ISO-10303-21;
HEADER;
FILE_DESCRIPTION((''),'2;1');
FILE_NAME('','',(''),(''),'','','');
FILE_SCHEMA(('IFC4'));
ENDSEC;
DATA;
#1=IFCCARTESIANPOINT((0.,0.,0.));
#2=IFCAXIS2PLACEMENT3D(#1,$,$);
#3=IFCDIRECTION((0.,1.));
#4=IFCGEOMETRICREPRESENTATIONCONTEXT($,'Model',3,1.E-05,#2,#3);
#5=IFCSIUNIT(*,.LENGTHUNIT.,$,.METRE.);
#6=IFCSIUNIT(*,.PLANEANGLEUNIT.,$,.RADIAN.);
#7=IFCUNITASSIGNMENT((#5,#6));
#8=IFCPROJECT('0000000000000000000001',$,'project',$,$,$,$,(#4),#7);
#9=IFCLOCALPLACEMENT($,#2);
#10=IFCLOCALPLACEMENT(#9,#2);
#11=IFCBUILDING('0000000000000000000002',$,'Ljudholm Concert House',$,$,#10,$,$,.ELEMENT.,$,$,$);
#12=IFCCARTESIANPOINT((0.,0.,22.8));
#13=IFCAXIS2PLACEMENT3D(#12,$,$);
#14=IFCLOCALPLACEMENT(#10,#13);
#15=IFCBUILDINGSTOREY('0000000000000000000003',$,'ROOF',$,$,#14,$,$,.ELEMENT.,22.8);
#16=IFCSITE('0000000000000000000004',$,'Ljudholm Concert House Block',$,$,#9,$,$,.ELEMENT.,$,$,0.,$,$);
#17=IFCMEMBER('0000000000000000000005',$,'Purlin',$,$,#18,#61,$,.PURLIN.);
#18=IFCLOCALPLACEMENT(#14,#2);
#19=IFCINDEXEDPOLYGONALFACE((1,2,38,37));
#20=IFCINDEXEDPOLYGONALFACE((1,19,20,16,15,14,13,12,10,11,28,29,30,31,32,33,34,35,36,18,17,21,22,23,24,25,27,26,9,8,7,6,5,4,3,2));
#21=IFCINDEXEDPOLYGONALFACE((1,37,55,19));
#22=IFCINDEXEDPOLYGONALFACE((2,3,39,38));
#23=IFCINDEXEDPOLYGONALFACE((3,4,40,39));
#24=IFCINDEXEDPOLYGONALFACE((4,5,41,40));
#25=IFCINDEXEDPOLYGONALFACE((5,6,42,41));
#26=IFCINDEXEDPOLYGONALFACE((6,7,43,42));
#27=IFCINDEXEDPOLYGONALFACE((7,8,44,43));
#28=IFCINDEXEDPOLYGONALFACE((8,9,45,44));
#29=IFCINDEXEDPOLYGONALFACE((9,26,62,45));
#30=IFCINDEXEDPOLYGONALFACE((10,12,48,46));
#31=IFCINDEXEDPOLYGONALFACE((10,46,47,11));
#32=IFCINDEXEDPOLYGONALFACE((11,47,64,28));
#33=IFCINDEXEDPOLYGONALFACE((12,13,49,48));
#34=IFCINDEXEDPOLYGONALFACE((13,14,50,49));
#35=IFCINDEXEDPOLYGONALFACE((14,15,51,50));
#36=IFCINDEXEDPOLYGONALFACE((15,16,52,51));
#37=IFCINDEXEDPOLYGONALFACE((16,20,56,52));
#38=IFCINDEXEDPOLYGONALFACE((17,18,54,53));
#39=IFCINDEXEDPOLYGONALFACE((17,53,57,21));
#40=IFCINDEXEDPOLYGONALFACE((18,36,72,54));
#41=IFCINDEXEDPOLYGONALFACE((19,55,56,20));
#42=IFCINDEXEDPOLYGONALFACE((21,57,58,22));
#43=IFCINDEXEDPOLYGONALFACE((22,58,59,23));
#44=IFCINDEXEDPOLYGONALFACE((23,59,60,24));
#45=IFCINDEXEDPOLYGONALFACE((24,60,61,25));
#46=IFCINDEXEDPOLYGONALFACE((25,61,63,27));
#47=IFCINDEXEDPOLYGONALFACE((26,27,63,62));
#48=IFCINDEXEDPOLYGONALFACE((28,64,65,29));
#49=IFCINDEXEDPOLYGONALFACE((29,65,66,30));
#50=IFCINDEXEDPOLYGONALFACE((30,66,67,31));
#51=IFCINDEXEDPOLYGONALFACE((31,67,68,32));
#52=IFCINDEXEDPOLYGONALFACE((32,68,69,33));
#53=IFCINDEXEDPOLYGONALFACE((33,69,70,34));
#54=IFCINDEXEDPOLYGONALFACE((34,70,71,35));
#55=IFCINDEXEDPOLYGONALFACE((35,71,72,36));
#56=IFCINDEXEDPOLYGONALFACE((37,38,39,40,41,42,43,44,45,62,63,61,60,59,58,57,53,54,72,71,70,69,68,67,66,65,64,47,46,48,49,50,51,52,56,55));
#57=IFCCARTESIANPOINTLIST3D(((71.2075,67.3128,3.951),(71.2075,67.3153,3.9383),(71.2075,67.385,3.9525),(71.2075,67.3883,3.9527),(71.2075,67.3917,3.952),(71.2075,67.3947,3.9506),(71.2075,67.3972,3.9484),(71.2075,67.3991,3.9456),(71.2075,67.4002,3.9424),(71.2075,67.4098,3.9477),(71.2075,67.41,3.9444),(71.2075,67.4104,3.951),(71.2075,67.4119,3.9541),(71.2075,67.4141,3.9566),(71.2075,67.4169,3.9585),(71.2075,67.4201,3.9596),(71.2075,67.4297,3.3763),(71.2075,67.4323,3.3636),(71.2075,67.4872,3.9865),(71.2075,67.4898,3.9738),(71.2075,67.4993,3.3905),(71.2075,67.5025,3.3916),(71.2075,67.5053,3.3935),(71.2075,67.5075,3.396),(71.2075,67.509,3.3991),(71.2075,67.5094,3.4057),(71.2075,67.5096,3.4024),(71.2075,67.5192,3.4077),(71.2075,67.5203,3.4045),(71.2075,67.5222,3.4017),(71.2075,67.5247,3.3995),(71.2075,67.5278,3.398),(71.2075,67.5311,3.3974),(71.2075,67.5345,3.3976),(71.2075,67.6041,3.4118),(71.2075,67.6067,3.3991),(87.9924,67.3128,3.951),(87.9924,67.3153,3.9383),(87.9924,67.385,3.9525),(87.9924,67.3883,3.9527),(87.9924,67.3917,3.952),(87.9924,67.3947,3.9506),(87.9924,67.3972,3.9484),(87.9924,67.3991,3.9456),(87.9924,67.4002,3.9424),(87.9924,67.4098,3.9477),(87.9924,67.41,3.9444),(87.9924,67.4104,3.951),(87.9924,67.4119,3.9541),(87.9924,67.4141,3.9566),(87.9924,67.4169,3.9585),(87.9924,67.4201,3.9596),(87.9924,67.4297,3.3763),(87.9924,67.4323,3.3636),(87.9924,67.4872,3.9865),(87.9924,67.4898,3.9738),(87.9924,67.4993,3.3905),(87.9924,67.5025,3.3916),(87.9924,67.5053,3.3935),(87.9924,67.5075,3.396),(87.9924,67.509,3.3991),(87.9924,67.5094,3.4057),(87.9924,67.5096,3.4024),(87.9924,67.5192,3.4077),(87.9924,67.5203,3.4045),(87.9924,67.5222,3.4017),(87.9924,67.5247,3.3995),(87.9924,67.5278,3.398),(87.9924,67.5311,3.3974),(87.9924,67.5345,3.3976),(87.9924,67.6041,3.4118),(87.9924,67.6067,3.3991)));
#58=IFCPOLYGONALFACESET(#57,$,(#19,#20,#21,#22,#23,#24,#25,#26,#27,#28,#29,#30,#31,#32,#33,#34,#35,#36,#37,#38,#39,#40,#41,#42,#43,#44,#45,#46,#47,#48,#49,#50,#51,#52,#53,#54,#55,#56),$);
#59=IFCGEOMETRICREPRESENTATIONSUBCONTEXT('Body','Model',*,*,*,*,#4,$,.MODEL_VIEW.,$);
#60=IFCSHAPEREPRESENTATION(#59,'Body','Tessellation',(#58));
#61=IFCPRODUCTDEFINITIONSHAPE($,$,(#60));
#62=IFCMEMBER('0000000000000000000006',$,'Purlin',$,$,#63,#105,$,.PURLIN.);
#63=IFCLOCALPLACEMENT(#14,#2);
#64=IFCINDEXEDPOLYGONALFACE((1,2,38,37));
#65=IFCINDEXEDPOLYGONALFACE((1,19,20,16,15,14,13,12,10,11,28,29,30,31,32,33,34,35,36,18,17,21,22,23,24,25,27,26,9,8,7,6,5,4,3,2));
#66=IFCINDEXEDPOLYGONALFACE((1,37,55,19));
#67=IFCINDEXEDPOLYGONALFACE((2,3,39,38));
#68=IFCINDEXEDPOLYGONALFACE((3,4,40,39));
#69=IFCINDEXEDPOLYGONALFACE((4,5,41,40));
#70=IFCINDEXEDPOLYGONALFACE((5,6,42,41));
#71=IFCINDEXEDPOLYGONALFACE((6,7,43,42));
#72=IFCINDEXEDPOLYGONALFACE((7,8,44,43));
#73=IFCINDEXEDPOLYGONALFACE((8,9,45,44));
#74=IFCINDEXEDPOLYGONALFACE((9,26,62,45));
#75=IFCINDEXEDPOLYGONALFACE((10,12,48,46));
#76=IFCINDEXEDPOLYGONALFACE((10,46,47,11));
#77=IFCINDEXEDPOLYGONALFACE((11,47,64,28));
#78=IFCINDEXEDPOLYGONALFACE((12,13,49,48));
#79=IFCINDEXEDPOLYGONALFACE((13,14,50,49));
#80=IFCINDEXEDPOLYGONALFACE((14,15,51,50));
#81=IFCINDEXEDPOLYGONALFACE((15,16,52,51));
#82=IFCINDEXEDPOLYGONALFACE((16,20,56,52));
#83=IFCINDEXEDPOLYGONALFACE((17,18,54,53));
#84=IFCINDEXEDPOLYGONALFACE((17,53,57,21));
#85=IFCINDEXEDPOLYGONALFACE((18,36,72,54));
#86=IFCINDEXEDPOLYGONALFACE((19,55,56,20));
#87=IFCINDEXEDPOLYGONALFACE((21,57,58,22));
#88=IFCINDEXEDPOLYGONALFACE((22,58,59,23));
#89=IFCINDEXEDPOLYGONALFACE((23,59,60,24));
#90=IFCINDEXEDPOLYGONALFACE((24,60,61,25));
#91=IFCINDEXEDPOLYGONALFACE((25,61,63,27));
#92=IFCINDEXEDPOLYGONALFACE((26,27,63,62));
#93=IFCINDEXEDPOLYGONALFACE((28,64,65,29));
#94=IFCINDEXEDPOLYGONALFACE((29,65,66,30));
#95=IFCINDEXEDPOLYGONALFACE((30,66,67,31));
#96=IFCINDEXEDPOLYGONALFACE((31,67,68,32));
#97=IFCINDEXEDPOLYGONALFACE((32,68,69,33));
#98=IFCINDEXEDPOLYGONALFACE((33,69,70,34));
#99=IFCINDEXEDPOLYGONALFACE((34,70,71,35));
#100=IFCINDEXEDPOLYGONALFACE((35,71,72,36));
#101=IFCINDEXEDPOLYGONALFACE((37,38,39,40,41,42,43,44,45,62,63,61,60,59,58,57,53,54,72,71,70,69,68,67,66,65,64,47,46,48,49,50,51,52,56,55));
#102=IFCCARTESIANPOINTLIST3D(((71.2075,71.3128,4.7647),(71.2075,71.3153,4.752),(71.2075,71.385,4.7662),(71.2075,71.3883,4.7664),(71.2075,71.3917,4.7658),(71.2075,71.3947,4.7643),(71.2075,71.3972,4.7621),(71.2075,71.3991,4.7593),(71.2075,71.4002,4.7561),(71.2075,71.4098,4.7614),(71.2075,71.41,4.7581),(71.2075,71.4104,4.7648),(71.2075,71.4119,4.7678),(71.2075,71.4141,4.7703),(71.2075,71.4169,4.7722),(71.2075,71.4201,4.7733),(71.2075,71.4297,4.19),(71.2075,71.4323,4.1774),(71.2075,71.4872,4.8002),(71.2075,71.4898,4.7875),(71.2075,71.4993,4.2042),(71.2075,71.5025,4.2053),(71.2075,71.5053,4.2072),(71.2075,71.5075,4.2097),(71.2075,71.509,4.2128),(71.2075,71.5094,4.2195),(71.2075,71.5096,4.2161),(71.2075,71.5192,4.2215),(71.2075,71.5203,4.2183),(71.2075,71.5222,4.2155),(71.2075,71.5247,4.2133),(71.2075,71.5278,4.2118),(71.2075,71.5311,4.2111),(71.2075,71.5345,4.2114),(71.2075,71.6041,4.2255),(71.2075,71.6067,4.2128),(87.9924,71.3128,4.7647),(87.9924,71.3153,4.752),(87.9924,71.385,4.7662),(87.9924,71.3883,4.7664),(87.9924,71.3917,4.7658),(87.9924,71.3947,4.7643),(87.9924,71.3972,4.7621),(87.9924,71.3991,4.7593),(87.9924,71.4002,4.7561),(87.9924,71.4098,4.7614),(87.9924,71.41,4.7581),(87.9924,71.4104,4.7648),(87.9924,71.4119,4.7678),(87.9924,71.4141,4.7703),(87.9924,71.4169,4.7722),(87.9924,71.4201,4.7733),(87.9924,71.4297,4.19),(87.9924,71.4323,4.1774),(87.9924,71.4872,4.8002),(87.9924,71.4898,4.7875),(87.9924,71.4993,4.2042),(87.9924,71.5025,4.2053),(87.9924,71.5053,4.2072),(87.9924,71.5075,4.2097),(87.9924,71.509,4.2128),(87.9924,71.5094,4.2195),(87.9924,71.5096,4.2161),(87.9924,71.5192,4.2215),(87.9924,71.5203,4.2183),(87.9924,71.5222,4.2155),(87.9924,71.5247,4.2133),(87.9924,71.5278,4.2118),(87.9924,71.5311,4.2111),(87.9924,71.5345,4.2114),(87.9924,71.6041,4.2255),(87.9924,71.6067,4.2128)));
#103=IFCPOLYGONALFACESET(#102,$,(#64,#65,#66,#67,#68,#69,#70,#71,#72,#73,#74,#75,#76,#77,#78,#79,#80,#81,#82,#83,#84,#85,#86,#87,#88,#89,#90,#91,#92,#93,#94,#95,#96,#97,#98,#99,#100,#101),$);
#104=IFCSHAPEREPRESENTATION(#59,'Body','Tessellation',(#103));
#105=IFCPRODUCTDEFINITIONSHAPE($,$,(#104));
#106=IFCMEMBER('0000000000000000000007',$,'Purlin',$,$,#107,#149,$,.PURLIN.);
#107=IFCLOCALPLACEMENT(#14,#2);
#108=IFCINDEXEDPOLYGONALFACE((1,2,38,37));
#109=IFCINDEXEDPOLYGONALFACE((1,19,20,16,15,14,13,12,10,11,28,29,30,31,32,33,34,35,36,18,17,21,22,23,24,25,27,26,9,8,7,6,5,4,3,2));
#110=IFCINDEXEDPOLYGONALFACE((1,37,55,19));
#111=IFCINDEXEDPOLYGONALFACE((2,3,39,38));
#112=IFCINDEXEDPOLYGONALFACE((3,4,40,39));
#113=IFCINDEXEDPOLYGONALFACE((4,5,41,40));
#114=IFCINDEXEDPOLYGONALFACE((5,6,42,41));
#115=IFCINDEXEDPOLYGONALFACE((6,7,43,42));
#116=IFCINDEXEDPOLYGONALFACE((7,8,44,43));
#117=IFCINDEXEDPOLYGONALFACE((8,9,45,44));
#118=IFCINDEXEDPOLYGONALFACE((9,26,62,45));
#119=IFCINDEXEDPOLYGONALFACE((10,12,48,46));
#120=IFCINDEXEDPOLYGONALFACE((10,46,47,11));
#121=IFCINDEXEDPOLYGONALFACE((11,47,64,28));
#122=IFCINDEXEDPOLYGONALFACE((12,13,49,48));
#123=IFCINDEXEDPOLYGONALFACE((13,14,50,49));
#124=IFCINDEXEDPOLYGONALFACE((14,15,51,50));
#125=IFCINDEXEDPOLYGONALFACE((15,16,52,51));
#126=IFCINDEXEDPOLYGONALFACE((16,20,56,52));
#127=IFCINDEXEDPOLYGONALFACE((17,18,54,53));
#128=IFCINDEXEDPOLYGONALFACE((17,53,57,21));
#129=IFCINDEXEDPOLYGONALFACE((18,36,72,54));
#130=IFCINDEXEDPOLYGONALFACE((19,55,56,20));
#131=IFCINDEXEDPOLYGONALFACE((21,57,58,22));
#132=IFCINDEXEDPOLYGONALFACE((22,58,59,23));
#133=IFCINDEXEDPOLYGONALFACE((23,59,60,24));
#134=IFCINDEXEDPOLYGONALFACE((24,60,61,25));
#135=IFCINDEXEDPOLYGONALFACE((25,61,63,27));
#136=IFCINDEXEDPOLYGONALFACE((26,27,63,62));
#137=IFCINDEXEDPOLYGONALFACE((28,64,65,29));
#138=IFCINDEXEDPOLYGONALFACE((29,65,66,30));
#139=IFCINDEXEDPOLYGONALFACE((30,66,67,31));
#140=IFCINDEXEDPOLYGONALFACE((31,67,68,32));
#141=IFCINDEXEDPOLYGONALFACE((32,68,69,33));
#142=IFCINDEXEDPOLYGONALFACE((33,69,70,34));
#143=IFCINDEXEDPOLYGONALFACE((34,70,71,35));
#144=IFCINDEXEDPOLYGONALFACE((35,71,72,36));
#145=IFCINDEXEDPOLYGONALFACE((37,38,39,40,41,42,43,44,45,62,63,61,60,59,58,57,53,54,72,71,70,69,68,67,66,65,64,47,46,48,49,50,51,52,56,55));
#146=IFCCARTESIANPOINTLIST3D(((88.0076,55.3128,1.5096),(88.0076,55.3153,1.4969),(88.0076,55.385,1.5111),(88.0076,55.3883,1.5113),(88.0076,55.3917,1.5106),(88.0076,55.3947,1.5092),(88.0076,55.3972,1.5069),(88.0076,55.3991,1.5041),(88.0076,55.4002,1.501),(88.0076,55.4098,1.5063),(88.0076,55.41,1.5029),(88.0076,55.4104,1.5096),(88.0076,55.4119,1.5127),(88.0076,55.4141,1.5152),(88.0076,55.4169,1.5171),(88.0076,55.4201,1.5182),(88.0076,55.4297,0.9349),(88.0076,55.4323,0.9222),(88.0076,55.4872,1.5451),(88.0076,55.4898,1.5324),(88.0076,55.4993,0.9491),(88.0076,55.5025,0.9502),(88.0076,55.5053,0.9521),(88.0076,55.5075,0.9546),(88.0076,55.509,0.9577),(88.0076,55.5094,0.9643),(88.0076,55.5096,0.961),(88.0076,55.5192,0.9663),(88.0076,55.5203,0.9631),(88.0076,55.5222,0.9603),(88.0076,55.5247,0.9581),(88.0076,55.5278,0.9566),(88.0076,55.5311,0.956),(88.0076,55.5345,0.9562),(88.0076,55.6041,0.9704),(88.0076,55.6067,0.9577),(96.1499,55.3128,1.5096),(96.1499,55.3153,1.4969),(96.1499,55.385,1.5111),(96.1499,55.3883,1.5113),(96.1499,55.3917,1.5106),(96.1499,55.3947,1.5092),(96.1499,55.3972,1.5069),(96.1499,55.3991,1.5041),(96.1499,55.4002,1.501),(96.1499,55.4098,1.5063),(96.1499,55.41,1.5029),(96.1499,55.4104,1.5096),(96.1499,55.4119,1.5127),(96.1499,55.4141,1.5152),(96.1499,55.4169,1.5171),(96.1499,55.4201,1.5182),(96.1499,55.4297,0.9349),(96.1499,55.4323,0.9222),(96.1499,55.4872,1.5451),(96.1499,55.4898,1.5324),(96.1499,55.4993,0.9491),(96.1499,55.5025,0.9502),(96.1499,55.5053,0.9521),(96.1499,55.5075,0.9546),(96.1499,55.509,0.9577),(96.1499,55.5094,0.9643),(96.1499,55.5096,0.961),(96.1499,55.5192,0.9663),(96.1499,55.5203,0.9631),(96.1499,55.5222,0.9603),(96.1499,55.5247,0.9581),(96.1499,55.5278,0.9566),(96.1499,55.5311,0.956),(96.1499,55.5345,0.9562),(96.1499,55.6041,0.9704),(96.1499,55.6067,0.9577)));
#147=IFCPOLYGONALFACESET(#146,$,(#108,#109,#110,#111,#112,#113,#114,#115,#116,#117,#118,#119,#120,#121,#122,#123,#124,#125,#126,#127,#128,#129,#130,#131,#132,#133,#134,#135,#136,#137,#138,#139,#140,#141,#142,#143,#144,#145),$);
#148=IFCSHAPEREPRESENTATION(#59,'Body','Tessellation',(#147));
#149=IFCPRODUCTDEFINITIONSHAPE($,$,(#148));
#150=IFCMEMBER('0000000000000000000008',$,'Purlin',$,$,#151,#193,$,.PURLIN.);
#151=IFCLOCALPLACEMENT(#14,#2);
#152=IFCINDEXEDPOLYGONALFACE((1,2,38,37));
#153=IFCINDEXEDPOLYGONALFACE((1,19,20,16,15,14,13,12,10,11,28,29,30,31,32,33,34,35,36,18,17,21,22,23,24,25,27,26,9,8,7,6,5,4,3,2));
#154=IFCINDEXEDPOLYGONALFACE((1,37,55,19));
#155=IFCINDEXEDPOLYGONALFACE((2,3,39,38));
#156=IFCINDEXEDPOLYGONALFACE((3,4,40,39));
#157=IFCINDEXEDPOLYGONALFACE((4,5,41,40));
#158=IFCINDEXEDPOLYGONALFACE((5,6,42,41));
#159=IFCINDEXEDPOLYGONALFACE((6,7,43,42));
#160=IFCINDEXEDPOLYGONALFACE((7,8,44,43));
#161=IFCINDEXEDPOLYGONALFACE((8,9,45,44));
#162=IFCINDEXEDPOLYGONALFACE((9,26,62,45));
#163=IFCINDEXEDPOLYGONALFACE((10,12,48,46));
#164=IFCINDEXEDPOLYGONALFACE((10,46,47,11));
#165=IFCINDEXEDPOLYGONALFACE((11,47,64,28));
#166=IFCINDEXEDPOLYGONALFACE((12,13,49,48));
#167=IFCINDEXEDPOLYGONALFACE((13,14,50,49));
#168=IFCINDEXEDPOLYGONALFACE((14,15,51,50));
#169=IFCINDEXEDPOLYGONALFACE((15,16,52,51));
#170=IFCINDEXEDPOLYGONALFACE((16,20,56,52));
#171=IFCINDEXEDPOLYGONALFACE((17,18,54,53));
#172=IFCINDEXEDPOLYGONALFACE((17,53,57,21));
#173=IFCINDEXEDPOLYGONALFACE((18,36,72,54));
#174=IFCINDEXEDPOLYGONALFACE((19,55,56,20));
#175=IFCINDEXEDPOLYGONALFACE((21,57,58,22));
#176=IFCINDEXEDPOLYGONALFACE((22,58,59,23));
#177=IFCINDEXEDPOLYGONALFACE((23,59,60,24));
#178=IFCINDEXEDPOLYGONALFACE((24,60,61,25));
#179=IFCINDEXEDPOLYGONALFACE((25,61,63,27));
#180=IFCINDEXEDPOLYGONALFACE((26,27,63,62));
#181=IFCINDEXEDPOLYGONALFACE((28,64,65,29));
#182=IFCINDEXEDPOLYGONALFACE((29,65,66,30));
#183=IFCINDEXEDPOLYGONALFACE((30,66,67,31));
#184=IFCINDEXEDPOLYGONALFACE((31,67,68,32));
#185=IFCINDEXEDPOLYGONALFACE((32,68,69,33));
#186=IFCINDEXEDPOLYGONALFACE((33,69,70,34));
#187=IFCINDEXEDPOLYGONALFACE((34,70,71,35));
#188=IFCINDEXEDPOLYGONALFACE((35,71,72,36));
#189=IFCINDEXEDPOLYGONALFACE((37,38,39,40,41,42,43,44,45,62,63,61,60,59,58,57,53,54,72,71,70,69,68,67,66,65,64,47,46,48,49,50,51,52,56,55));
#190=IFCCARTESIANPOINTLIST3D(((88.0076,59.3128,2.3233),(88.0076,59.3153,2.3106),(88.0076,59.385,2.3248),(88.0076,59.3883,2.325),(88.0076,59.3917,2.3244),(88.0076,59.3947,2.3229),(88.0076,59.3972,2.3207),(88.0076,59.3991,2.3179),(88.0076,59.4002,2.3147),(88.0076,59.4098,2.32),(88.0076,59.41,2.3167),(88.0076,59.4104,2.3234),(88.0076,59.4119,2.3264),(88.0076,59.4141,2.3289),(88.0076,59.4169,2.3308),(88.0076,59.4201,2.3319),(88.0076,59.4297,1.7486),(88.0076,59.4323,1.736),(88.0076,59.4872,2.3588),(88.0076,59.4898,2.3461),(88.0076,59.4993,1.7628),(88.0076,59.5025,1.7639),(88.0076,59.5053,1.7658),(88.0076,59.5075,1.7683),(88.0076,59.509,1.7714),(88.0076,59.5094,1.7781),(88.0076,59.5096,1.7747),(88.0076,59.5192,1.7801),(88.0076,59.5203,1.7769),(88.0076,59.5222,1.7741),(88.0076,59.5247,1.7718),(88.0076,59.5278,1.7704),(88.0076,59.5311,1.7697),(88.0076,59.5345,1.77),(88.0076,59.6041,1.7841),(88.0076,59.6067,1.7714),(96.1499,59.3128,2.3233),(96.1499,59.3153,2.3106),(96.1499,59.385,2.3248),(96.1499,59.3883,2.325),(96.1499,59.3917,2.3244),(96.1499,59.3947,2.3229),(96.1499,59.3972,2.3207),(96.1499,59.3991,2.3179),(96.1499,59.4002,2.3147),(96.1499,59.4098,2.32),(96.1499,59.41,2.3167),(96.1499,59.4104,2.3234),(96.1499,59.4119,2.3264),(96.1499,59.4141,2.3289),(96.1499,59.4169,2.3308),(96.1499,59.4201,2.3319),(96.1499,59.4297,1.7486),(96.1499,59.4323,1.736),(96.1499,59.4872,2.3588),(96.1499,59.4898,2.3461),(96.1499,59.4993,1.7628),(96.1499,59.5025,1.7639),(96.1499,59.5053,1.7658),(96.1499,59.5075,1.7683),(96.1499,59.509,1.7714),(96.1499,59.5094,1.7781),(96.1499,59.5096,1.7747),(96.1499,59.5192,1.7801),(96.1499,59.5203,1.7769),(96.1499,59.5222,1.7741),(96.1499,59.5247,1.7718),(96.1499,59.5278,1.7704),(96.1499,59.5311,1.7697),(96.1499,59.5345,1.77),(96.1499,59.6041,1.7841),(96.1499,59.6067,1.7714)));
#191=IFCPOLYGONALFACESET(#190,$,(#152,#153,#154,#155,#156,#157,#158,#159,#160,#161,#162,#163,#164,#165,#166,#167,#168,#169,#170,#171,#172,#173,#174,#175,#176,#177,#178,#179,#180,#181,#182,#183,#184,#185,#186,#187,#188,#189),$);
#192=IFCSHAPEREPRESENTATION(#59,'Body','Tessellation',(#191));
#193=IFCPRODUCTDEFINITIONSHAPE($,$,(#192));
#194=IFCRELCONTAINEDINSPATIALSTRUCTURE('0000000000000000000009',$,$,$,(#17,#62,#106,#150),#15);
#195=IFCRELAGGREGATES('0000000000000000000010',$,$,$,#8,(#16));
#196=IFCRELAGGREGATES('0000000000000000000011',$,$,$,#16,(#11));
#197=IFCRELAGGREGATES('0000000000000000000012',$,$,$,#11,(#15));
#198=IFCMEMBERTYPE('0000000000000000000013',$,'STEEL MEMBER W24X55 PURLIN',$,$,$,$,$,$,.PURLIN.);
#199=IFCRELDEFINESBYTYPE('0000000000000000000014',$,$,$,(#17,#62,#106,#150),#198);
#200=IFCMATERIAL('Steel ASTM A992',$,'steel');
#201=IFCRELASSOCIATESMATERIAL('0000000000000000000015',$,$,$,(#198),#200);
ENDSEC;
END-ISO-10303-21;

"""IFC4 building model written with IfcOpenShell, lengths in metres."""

from ifc_helpers import new_model, si_unit, direction, frame, origin, origin_2d, place, context, subcontext, project, spatial, i_section, extrude, material, material_profile, profile_set, type_object, element, save


model = new_model("IFC4")

# Units and contexts
model_context = context("Model", 3, precision=1e-05, world=origin(), true_north=direction((0.0, 1.0)))
body_context = subcontext(model_context, "Body", "Model", "MODEL_VIEW")
ifc_project = project(units=[si_unit("LENGTHUNIT", "METRE"), si_unit("PLANEANGLEUNIT", "RADIAN")], contexts=[model_context])

# Site, building, storey
site_placement = place(None, origin())
site = spatial("IfcSite", under=ifc_project, at=site_placement, Name="Ljudholm Concert House Block", CompositionType="ELEMENT", RefElevation=0.0)
building_placement = place(site_placement, origin())
building = spatial("IfcBuilding", under=site, at=building_placement, Name="Ljudholm Concert House", CompositionType="ELEMENT")
storey_placement = place(building_placement, frame((0.0, 0.0, 22.8)))
storey = spatial("IfcBuildingStorey", under=building, at=storey_placement, Name="ROOF", CompositionType="ELEMENT", Elevation=22.8)

# Members
ifc_material_1 = material(Name="Steel ASTM A992", Category="steel")
ifc_material_profile_1 = material_profile(ifc_material_1, i_section(OverallWidth=0.178, OverallDepth=0.5994, WebThickness=0.01, FlangeThickness=0.0129, FilletRadius=0.0129, at=origin_2d()), Name="W24X55")
ifc_profile_set_1 = profile_set([ifc_material_profile_1], Name="Steel ASTM A992")
member_type_1 = type_object("IfcMemberType", Name="STEEL MEMBER W24X55 PURLIN", PredefinedType="PURLIN", material=ifc_profile_set_1)
for number, where, z_axis, x_axis, name in (
    (1, (71.2075, 67.4597, 3.675), (1.0, 0.0, 0.0), (0.0, 0.979925, 0.199368), "Purlin"),
    (2, (71.2075, 71.4597, 4.4888), (1.0, 0.0, 0.0), (0.0, 0.979925, 0.199368), "Purlin"),
):
    element("IfcMember", number, at=place(storey_placement, frame(where, z_axis=z_axis, x_axis=x_axis)), inside=storey, type_object=member_type_1, Name=name, PredefinedType="PURLIN", context=body_context, shape_type="SweptSolid", body=[
        extrude(i_section(OverallWidth=0.178, OverallDepth=0.5994, WebThickness=0.01, FlangeThickness=0.0129, FilletRadius=0.0129, at=origin_2d()), origin(), (0.0, 0.0, 1.0), 16.7849),
    ])
for number, where, z_axis, x_axis, name in (
    (3, (88.0076, 55.4597, 1.2336), (1.0, 0.0, 0.0), (0.0, 0.979925, 0.199368), "Purlin"),
    (4, (88.0076, 59.4597, 2.0474), (1.0, 0.0, 0.0), (0.0, 0.979925, 0.199368), "Purlin"),
):
    element("IfcMember", number, at=place(storey_placement, frame(where, z_axis=z_axis, x_axis=x_axis)), inside=storey, type_object=member_type_1, Name=name, PredefinedType="PURLIN", context=body_context, shape_type="SweptSolid", body=[
        extrude(i_section(OverallWidth=0.178, OverallDepth=0.5994, WebThickness=0.01, FlangeThickness=0.0129, FilletRadius=0.0129, at=origin_2d()), origin(), (0.0, 0.0, 1.0), 8.1423),
    ])

save(model, "model.ifc")
